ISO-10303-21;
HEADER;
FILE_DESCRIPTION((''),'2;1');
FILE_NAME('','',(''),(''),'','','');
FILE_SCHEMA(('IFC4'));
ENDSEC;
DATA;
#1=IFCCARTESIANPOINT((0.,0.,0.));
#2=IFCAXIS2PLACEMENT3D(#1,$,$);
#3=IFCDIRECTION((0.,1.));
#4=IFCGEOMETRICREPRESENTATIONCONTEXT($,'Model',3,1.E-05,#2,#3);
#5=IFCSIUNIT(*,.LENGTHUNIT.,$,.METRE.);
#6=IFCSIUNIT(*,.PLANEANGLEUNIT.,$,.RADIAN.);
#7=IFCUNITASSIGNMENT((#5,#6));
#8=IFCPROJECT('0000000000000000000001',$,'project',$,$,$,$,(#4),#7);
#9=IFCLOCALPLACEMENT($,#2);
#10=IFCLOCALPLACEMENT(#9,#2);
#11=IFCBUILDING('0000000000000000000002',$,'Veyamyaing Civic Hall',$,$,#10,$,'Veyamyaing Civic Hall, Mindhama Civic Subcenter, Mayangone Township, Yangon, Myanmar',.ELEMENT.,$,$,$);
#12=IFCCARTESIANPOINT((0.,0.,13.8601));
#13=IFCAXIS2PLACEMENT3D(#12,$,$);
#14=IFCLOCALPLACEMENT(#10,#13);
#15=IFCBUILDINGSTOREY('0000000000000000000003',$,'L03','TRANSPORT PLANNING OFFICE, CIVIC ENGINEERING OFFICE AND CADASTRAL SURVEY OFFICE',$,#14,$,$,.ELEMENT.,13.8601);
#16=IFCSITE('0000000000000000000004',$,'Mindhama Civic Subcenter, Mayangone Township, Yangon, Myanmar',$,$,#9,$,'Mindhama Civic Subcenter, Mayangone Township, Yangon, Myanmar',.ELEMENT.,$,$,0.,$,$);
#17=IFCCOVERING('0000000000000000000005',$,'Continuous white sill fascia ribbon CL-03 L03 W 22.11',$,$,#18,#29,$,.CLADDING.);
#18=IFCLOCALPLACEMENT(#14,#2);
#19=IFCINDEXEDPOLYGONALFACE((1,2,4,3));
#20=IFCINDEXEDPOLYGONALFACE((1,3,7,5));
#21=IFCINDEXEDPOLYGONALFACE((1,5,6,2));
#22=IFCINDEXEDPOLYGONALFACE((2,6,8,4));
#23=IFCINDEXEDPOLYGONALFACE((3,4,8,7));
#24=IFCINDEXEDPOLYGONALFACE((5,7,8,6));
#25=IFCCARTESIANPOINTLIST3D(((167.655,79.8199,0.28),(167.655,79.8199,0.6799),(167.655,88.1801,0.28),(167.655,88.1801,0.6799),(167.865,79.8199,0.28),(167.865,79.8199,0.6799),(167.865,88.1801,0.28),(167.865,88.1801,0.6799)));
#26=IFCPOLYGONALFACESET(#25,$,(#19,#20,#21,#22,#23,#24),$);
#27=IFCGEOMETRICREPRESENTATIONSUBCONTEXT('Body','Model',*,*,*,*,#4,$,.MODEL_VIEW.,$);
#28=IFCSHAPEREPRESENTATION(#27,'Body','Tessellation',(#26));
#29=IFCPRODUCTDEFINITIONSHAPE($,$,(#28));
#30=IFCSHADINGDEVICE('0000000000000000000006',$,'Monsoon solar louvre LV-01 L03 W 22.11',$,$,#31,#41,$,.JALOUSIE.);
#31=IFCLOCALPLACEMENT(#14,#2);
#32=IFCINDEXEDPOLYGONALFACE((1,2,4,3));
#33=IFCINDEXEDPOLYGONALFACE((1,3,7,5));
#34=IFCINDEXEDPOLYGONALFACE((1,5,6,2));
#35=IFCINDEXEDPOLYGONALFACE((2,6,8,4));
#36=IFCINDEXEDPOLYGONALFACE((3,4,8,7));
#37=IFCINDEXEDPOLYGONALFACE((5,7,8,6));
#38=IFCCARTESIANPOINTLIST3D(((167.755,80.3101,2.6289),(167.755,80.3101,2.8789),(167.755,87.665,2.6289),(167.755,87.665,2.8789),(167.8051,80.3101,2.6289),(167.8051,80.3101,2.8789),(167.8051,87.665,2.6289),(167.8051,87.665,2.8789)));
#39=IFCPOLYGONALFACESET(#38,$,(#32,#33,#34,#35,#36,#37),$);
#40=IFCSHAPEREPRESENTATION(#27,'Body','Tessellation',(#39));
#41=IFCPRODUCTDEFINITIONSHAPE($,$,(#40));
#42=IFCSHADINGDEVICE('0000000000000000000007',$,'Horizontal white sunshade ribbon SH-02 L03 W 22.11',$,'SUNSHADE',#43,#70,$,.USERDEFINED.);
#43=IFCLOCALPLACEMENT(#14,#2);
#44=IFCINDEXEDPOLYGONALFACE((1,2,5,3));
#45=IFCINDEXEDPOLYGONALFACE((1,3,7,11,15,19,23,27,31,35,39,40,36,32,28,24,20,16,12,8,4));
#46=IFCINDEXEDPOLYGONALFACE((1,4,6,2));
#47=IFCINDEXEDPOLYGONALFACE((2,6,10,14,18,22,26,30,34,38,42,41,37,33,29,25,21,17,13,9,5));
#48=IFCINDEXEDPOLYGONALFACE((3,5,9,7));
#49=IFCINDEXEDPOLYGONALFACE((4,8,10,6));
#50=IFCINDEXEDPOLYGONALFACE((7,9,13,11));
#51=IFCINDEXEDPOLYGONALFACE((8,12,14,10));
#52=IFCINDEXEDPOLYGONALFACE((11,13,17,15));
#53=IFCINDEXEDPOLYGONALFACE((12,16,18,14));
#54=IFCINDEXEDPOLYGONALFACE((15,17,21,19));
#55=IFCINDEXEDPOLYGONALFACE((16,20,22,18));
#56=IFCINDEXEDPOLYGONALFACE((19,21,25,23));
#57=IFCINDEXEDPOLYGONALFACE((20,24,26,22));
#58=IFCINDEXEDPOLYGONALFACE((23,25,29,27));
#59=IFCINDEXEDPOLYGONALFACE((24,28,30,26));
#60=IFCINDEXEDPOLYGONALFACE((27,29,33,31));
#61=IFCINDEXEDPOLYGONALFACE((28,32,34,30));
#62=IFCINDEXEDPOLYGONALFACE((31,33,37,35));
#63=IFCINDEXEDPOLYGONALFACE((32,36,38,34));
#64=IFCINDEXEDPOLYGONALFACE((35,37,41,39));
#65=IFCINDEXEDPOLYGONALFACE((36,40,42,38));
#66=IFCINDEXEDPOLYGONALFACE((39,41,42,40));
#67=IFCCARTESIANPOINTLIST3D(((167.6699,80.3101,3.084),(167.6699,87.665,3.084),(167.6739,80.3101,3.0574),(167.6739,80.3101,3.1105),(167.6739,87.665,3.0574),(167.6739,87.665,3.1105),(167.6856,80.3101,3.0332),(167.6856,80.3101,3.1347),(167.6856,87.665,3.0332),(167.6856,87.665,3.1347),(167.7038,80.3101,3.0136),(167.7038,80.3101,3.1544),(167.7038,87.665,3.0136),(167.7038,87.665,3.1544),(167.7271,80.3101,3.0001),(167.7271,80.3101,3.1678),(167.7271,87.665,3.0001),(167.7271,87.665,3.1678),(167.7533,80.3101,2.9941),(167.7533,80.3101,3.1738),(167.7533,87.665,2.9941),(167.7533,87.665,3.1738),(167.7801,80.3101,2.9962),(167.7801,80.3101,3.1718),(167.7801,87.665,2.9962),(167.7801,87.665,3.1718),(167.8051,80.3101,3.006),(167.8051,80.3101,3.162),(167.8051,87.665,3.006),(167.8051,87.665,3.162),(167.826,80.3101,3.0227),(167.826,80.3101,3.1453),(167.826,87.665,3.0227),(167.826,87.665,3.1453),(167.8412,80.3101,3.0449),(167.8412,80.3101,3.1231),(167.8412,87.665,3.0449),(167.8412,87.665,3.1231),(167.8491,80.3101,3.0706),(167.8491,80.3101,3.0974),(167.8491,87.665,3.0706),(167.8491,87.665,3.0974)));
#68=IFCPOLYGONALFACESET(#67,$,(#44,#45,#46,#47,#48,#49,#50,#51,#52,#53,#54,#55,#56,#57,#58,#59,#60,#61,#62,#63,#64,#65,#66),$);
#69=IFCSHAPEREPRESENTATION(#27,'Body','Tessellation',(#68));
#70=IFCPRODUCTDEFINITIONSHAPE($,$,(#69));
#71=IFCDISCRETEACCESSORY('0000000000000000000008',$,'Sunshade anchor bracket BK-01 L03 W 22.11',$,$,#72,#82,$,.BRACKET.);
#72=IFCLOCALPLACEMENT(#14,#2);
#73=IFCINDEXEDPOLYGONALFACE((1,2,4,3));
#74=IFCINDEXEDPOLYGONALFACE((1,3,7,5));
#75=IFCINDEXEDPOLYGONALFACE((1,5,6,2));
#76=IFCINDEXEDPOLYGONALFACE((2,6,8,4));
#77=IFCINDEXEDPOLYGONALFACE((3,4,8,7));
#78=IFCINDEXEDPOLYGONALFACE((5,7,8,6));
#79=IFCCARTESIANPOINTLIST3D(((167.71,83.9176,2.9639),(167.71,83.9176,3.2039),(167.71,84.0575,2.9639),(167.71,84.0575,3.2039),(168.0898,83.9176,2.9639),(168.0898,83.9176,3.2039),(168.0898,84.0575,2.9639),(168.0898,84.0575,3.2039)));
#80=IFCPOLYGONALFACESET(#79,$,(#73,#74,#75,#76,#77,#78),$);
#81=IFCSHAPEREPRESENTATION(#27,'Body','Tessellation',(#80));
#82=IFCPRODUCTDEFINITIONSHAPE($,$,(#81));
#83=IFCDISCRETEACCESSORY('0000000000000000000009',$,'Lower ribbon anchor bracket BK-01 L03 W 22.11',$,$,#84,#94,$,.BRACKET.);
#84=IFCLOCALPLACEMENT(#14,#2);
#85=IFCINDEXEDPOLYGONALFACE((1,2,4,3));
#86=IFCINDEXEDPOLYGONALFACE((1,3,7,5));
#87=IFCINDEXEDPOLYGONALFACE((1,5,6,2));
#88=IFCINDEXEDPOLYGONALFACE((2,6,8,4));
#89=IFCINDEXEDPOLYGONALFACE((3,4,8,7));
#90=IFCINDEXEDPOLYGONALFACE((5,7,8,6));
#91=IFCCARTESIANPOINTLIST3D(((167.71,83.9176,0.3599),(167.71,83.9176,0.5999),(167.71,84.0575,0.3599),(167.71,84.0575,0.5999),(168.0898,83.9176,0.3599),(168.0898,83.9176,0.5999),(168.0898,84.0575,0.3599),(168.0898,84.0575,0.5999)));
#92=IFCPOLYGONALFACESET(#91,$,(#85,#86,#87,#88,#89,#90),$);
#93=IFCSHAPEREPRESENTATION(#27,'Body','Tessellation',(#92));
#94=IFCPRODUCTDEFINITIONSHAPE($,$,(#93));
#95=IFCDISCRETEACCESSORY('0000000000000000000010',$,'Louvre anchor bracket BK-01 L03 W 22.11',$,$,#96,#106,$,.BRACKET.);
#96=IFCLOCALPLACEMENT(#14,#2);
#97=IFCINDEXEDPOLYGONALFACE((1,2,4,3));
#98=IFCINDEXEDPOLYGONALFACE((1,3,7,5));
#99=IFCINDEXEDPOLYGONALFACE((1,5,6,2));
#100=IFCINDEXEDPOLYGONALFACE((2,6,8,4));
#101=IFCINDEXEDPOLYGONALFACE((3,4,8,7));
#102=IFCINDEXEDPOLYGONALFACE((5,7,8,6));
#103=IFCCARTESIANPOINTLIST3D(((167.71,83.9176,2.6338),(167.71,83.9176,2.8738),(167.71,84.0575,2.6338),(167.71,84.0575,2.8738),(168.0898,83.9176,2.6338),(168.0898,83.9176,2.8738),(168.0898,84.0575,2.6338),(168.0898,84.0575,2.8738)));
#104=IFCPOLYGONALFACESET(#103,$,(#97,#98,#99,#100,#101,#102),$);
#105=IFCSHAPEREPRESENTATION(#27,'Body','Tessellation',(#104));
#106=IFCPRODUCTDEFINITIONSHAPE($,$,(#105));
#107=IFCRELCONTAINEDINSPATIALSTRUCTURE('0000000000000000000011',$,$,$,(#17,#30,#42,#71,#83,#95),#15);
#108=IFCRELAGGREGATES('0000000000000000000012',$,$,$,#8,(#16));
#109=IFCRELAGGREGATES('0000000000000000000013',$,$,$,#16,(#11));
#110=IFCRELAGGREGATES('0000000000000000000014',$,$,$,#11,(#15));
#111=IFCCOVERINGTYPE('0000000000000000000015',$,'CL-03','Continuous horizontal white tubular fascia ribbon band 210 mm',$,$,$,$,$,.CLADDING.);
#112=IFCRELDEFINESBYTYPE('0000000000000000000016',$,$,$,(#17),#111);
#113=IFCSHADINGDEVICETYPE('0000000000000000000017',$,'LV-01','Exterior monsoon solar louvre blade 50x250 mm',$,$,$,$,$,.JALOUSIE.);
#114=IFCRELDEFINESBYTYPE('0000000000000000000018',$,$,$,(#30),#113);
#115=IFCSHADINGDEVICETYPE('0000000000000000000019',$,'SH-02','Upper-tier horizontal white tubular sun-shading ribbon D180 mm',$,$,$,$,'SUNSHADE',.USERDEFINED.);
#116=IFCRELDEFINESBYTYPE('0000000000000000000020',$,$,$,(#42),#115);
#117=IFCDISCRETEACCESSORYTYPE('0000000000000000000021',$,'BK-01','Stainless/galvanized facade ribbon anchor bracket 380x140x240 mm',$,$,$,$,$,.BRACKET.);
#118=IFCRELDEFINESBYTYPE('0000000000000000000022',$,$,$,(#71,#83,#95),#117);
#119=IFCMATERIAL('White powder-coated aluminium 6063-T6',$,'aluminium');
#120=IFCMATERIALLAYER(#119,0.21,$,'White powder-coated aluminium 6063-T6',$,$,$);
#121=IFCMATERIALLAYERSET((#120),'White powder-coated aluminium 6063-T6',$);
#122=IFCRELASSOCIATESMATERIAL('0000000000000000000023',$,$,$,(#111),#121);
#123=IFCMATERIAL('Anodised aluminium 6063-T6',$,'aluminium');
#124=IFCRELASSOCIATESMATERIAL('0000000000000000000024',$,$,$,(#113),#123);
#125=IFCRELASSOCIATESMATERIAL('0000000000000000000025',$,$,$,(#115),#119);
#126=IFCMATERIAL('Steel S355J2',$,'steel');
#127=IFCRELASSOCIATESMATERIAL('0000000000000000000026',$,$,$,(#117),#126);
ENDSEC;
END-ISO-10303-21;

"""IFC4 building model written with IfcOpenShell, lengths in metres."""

from ifc_helpers import new_model, si_unit, direction, frame, origin, origin_2d, place, context, subcontext, project, spatial, rectangle, circle, extrude, material, layer, layer_set, material_profile, profile_set, type_object, element, save


model = new_model("IFC4")

# Units and contexts
model_context = context("Model", 3, precision=1e-05, world=origin(), true_north=direction((0.0, 1.0)))
body_context = subcontext(model_context, "Body", "Model", "MODEL_VIEW")
ifc_project = project(units=[si_unit("LENGTHUNIT", "METRE"), si_unit("PLANEANGLEUNIT", "RADIAN")], contexts=[model_context])

# Site, building, storey
site_placement = place(None, origin())
site = spatial("IfcSite", under=ifc_project, at=site_placement, Name="Mindhama Civic Subcenter, Mayangone Township, Yangon, Myanmar", LongName="Mindhama Civic Subcenter, Mayangone Township, Yangon, Myanmar", CompositionType="ELEMENT", RefElevation=0.0)
building_placement = place(site_placement, origin())
building = spatial("IfcBuilding", under=site, at=building_placement, Name="Veyamyaing Civic Hall", LongName="Veyamyaing Civic Hall, Mindhama Civic Subcenter, Mayangone Township, Yangon, Myanmar", CompositionType="ELEMENT")
storey_placement = place(building_placement, frame((0.0, 0.0, 13.8601)))
storey = spatial("IfcBuildingStorey", under=building, at=storey_placement, Name="L03", Description="TRANSPORT PLANNING OFFICE, CIVIC ENGINEERING OFFICE AND CADASTRAL SURVEY OFFICE", CompositionType="ELEMENT", Elevation=13.8601)

# Covering
ifc_material_1 = material(Name="White powder-coated aluminium 6063-T6", Category="aluminium")
ifc_layer_1 = layer(ifc_material_1, 0.21, Name="White powder-coated aluminium 6063-T6")
ifc_layer_set_1 = layer_set([ifc_layer_1], Name="White powder-coated aluminium 6063-T6")
covering_type_1 = type_object("IfcCoveringType", Name="CL-03", Description="Continuous horizontal white tubular fascia ribbon band 210 mm", PredefinedType="CLADDING", material=ifc_layer_set_1)
for number, where, z_axis, x_axis, name in (
    (1, (167.76, 84.0, 0.28), (0.0, 0.0, 1.0), (0.0, 1.0, 0.0), "Continuous white sill fascia ribbon CL-03 L03 W 22.11"),
):
    element("IfcCovering", number, at=place(storey_placement, frame(where, z_axis=z_axis, x_axis=x_axis)), inside=storey, type_object=covering_type_1, Name=name, PredefinedType="CLADDING", context=body_context, shape_type="SweptSolid", body=[
        extrude(rectangle(XDim=8.3601, YDim=0.21, at=origin_2d()), origin(), (0.0, 0.0, 1.0), 0.3999),
    ])

# Shading devices
ifc_material_2 = material(Name="Anodised aluminium 6063-T6", Category="aluminium")
ifc_material_profile_1 = material_profile(ifc_material_2, rectangle(XDim=0.05, YDim=0.25, at=origin_2d()), Name="LOUVRE-BLADE-50X250")
ifc_profile_set_1 = profile_set([ifc_material_profile_1], Name="Anodised aluminium 6063-T6")
shading_device_type_1 = type_object("IfcShadingDeviceType", Name="LV-01", Description="Exterior monsoon solar louvre blade 50x250 mm", PredefinedType="JALOUSIE", material=ifc_profile_set_1)
shading_device_1_placement = place(storey_placement, frame((167.78, 80.3101, 2.7539), z_axis=(0.0, 1.0, 0.0), x_axis=(-1.0, 0.0, 0.0)))
element("IfcShadingDevice", 2, at=shading_device_1_placement, inside=storey, type_object=shading_device_type_1, Name="Monsoon solar louvre LV-01 L03 W 22.11", PredefinedType="JALOUSIE", context=body_context, shape_type="SweptSolid", body=[
    extrude(rectangle(XDim=0.05, YDim=0.25, at=origin_2d()), origin(), (0.0, 0.0, 1.0), 7.355),
])
ifc_material_profile_2 = material_profile(ifc_material_1, circle(Radius=0.0901, at=origin_2d()), Name="SHADE-TUBE-180")
ifc_profile_set_2 = profile_set([ifc_material_profile_2], Name="White powder-coated aluminium 6063-T6")
shading_device_type_2 = type_object("IfcShadingDeviceType", Name="SH-02", Description="Upper-tier horizontal white tubular sun-shading ribbon D180 mm", ElementType="SUNSHADE", PredefinedType="USERDEFINED", material=ifc_profile_set_2)
shading_device_2_placement = place(storey_placement, frame((167.76, 80.3101, 3.084), z_axis=(0.0, 1.0, 0.0), x_axis=(-1.0, 0.0, 0.0)))
element("IfcShadingDevice", 3, at=shading_device_2_placement, inside=storey, type_object=shading_device_type_2, Name="Horizontal white sunshade ribbon SH-02 L03 W 22.11", ObjectType="SUNSHADE", PredefinedType="USERDEFINED", context=body_context, shape_type="SweptSolid", body=[
    extrude(circle(Radius=0.0901, at=origin_2d()), origin(), (0.0, 0.0, 1.0), 7.355),
])

# Discrete accessories
ifc_material_3 = material(Name="Steel S355J2", Category="steel")
discrete_accessory_type = type_object("IfcDiscreteAccessoryType", Name="BK-01", Description="Stainless/galvanized facade ribbon anchor bracket 380x140x240 mm", PredefinedType="BRACKET", material=ifc_material_3)
for number, where, z_axis, x_axis, name in (
    (4, (167.8999, 83.9875, 2.9639), (0.0, 0.0, 1.0), (-1.0, 0.0, 0.0), "Sunshade anchor bracket BK-01 L03 W 22.11"),
    (5, (167.8999, 83.9875, 0.3599), (0.0, 0.0, 1.0), (-1.0, 0.0, 0.0), "Lower ribbon anchor bracket BK-01 L03 W 22.11"),
    (6, (167.8999, 83.9875, 2.6338), (0.0, 0.0, 1.0), (-1.0, 0.0, 0.0), "Louvre anchor bracket BK-01 L03 W 22.11"),
):
    element("IfcDiscreteAccessory", number, at=place(storey_placement, frame(where, z_axis=z_axis, x_axis=x_axis)), inside=storey, type_object=discrete_accessory_type, Name=name, PredefinedType="BRACKET", context=body_context, shape_type="SweptSolid", body=[
        extrude(rectangle(XDim=0.3799, YDim=0.1399, at=origin_2d()), origin(), (0.0, 0.0, 1.0), 0.24),
    ])

save(model, "model.ifc")
